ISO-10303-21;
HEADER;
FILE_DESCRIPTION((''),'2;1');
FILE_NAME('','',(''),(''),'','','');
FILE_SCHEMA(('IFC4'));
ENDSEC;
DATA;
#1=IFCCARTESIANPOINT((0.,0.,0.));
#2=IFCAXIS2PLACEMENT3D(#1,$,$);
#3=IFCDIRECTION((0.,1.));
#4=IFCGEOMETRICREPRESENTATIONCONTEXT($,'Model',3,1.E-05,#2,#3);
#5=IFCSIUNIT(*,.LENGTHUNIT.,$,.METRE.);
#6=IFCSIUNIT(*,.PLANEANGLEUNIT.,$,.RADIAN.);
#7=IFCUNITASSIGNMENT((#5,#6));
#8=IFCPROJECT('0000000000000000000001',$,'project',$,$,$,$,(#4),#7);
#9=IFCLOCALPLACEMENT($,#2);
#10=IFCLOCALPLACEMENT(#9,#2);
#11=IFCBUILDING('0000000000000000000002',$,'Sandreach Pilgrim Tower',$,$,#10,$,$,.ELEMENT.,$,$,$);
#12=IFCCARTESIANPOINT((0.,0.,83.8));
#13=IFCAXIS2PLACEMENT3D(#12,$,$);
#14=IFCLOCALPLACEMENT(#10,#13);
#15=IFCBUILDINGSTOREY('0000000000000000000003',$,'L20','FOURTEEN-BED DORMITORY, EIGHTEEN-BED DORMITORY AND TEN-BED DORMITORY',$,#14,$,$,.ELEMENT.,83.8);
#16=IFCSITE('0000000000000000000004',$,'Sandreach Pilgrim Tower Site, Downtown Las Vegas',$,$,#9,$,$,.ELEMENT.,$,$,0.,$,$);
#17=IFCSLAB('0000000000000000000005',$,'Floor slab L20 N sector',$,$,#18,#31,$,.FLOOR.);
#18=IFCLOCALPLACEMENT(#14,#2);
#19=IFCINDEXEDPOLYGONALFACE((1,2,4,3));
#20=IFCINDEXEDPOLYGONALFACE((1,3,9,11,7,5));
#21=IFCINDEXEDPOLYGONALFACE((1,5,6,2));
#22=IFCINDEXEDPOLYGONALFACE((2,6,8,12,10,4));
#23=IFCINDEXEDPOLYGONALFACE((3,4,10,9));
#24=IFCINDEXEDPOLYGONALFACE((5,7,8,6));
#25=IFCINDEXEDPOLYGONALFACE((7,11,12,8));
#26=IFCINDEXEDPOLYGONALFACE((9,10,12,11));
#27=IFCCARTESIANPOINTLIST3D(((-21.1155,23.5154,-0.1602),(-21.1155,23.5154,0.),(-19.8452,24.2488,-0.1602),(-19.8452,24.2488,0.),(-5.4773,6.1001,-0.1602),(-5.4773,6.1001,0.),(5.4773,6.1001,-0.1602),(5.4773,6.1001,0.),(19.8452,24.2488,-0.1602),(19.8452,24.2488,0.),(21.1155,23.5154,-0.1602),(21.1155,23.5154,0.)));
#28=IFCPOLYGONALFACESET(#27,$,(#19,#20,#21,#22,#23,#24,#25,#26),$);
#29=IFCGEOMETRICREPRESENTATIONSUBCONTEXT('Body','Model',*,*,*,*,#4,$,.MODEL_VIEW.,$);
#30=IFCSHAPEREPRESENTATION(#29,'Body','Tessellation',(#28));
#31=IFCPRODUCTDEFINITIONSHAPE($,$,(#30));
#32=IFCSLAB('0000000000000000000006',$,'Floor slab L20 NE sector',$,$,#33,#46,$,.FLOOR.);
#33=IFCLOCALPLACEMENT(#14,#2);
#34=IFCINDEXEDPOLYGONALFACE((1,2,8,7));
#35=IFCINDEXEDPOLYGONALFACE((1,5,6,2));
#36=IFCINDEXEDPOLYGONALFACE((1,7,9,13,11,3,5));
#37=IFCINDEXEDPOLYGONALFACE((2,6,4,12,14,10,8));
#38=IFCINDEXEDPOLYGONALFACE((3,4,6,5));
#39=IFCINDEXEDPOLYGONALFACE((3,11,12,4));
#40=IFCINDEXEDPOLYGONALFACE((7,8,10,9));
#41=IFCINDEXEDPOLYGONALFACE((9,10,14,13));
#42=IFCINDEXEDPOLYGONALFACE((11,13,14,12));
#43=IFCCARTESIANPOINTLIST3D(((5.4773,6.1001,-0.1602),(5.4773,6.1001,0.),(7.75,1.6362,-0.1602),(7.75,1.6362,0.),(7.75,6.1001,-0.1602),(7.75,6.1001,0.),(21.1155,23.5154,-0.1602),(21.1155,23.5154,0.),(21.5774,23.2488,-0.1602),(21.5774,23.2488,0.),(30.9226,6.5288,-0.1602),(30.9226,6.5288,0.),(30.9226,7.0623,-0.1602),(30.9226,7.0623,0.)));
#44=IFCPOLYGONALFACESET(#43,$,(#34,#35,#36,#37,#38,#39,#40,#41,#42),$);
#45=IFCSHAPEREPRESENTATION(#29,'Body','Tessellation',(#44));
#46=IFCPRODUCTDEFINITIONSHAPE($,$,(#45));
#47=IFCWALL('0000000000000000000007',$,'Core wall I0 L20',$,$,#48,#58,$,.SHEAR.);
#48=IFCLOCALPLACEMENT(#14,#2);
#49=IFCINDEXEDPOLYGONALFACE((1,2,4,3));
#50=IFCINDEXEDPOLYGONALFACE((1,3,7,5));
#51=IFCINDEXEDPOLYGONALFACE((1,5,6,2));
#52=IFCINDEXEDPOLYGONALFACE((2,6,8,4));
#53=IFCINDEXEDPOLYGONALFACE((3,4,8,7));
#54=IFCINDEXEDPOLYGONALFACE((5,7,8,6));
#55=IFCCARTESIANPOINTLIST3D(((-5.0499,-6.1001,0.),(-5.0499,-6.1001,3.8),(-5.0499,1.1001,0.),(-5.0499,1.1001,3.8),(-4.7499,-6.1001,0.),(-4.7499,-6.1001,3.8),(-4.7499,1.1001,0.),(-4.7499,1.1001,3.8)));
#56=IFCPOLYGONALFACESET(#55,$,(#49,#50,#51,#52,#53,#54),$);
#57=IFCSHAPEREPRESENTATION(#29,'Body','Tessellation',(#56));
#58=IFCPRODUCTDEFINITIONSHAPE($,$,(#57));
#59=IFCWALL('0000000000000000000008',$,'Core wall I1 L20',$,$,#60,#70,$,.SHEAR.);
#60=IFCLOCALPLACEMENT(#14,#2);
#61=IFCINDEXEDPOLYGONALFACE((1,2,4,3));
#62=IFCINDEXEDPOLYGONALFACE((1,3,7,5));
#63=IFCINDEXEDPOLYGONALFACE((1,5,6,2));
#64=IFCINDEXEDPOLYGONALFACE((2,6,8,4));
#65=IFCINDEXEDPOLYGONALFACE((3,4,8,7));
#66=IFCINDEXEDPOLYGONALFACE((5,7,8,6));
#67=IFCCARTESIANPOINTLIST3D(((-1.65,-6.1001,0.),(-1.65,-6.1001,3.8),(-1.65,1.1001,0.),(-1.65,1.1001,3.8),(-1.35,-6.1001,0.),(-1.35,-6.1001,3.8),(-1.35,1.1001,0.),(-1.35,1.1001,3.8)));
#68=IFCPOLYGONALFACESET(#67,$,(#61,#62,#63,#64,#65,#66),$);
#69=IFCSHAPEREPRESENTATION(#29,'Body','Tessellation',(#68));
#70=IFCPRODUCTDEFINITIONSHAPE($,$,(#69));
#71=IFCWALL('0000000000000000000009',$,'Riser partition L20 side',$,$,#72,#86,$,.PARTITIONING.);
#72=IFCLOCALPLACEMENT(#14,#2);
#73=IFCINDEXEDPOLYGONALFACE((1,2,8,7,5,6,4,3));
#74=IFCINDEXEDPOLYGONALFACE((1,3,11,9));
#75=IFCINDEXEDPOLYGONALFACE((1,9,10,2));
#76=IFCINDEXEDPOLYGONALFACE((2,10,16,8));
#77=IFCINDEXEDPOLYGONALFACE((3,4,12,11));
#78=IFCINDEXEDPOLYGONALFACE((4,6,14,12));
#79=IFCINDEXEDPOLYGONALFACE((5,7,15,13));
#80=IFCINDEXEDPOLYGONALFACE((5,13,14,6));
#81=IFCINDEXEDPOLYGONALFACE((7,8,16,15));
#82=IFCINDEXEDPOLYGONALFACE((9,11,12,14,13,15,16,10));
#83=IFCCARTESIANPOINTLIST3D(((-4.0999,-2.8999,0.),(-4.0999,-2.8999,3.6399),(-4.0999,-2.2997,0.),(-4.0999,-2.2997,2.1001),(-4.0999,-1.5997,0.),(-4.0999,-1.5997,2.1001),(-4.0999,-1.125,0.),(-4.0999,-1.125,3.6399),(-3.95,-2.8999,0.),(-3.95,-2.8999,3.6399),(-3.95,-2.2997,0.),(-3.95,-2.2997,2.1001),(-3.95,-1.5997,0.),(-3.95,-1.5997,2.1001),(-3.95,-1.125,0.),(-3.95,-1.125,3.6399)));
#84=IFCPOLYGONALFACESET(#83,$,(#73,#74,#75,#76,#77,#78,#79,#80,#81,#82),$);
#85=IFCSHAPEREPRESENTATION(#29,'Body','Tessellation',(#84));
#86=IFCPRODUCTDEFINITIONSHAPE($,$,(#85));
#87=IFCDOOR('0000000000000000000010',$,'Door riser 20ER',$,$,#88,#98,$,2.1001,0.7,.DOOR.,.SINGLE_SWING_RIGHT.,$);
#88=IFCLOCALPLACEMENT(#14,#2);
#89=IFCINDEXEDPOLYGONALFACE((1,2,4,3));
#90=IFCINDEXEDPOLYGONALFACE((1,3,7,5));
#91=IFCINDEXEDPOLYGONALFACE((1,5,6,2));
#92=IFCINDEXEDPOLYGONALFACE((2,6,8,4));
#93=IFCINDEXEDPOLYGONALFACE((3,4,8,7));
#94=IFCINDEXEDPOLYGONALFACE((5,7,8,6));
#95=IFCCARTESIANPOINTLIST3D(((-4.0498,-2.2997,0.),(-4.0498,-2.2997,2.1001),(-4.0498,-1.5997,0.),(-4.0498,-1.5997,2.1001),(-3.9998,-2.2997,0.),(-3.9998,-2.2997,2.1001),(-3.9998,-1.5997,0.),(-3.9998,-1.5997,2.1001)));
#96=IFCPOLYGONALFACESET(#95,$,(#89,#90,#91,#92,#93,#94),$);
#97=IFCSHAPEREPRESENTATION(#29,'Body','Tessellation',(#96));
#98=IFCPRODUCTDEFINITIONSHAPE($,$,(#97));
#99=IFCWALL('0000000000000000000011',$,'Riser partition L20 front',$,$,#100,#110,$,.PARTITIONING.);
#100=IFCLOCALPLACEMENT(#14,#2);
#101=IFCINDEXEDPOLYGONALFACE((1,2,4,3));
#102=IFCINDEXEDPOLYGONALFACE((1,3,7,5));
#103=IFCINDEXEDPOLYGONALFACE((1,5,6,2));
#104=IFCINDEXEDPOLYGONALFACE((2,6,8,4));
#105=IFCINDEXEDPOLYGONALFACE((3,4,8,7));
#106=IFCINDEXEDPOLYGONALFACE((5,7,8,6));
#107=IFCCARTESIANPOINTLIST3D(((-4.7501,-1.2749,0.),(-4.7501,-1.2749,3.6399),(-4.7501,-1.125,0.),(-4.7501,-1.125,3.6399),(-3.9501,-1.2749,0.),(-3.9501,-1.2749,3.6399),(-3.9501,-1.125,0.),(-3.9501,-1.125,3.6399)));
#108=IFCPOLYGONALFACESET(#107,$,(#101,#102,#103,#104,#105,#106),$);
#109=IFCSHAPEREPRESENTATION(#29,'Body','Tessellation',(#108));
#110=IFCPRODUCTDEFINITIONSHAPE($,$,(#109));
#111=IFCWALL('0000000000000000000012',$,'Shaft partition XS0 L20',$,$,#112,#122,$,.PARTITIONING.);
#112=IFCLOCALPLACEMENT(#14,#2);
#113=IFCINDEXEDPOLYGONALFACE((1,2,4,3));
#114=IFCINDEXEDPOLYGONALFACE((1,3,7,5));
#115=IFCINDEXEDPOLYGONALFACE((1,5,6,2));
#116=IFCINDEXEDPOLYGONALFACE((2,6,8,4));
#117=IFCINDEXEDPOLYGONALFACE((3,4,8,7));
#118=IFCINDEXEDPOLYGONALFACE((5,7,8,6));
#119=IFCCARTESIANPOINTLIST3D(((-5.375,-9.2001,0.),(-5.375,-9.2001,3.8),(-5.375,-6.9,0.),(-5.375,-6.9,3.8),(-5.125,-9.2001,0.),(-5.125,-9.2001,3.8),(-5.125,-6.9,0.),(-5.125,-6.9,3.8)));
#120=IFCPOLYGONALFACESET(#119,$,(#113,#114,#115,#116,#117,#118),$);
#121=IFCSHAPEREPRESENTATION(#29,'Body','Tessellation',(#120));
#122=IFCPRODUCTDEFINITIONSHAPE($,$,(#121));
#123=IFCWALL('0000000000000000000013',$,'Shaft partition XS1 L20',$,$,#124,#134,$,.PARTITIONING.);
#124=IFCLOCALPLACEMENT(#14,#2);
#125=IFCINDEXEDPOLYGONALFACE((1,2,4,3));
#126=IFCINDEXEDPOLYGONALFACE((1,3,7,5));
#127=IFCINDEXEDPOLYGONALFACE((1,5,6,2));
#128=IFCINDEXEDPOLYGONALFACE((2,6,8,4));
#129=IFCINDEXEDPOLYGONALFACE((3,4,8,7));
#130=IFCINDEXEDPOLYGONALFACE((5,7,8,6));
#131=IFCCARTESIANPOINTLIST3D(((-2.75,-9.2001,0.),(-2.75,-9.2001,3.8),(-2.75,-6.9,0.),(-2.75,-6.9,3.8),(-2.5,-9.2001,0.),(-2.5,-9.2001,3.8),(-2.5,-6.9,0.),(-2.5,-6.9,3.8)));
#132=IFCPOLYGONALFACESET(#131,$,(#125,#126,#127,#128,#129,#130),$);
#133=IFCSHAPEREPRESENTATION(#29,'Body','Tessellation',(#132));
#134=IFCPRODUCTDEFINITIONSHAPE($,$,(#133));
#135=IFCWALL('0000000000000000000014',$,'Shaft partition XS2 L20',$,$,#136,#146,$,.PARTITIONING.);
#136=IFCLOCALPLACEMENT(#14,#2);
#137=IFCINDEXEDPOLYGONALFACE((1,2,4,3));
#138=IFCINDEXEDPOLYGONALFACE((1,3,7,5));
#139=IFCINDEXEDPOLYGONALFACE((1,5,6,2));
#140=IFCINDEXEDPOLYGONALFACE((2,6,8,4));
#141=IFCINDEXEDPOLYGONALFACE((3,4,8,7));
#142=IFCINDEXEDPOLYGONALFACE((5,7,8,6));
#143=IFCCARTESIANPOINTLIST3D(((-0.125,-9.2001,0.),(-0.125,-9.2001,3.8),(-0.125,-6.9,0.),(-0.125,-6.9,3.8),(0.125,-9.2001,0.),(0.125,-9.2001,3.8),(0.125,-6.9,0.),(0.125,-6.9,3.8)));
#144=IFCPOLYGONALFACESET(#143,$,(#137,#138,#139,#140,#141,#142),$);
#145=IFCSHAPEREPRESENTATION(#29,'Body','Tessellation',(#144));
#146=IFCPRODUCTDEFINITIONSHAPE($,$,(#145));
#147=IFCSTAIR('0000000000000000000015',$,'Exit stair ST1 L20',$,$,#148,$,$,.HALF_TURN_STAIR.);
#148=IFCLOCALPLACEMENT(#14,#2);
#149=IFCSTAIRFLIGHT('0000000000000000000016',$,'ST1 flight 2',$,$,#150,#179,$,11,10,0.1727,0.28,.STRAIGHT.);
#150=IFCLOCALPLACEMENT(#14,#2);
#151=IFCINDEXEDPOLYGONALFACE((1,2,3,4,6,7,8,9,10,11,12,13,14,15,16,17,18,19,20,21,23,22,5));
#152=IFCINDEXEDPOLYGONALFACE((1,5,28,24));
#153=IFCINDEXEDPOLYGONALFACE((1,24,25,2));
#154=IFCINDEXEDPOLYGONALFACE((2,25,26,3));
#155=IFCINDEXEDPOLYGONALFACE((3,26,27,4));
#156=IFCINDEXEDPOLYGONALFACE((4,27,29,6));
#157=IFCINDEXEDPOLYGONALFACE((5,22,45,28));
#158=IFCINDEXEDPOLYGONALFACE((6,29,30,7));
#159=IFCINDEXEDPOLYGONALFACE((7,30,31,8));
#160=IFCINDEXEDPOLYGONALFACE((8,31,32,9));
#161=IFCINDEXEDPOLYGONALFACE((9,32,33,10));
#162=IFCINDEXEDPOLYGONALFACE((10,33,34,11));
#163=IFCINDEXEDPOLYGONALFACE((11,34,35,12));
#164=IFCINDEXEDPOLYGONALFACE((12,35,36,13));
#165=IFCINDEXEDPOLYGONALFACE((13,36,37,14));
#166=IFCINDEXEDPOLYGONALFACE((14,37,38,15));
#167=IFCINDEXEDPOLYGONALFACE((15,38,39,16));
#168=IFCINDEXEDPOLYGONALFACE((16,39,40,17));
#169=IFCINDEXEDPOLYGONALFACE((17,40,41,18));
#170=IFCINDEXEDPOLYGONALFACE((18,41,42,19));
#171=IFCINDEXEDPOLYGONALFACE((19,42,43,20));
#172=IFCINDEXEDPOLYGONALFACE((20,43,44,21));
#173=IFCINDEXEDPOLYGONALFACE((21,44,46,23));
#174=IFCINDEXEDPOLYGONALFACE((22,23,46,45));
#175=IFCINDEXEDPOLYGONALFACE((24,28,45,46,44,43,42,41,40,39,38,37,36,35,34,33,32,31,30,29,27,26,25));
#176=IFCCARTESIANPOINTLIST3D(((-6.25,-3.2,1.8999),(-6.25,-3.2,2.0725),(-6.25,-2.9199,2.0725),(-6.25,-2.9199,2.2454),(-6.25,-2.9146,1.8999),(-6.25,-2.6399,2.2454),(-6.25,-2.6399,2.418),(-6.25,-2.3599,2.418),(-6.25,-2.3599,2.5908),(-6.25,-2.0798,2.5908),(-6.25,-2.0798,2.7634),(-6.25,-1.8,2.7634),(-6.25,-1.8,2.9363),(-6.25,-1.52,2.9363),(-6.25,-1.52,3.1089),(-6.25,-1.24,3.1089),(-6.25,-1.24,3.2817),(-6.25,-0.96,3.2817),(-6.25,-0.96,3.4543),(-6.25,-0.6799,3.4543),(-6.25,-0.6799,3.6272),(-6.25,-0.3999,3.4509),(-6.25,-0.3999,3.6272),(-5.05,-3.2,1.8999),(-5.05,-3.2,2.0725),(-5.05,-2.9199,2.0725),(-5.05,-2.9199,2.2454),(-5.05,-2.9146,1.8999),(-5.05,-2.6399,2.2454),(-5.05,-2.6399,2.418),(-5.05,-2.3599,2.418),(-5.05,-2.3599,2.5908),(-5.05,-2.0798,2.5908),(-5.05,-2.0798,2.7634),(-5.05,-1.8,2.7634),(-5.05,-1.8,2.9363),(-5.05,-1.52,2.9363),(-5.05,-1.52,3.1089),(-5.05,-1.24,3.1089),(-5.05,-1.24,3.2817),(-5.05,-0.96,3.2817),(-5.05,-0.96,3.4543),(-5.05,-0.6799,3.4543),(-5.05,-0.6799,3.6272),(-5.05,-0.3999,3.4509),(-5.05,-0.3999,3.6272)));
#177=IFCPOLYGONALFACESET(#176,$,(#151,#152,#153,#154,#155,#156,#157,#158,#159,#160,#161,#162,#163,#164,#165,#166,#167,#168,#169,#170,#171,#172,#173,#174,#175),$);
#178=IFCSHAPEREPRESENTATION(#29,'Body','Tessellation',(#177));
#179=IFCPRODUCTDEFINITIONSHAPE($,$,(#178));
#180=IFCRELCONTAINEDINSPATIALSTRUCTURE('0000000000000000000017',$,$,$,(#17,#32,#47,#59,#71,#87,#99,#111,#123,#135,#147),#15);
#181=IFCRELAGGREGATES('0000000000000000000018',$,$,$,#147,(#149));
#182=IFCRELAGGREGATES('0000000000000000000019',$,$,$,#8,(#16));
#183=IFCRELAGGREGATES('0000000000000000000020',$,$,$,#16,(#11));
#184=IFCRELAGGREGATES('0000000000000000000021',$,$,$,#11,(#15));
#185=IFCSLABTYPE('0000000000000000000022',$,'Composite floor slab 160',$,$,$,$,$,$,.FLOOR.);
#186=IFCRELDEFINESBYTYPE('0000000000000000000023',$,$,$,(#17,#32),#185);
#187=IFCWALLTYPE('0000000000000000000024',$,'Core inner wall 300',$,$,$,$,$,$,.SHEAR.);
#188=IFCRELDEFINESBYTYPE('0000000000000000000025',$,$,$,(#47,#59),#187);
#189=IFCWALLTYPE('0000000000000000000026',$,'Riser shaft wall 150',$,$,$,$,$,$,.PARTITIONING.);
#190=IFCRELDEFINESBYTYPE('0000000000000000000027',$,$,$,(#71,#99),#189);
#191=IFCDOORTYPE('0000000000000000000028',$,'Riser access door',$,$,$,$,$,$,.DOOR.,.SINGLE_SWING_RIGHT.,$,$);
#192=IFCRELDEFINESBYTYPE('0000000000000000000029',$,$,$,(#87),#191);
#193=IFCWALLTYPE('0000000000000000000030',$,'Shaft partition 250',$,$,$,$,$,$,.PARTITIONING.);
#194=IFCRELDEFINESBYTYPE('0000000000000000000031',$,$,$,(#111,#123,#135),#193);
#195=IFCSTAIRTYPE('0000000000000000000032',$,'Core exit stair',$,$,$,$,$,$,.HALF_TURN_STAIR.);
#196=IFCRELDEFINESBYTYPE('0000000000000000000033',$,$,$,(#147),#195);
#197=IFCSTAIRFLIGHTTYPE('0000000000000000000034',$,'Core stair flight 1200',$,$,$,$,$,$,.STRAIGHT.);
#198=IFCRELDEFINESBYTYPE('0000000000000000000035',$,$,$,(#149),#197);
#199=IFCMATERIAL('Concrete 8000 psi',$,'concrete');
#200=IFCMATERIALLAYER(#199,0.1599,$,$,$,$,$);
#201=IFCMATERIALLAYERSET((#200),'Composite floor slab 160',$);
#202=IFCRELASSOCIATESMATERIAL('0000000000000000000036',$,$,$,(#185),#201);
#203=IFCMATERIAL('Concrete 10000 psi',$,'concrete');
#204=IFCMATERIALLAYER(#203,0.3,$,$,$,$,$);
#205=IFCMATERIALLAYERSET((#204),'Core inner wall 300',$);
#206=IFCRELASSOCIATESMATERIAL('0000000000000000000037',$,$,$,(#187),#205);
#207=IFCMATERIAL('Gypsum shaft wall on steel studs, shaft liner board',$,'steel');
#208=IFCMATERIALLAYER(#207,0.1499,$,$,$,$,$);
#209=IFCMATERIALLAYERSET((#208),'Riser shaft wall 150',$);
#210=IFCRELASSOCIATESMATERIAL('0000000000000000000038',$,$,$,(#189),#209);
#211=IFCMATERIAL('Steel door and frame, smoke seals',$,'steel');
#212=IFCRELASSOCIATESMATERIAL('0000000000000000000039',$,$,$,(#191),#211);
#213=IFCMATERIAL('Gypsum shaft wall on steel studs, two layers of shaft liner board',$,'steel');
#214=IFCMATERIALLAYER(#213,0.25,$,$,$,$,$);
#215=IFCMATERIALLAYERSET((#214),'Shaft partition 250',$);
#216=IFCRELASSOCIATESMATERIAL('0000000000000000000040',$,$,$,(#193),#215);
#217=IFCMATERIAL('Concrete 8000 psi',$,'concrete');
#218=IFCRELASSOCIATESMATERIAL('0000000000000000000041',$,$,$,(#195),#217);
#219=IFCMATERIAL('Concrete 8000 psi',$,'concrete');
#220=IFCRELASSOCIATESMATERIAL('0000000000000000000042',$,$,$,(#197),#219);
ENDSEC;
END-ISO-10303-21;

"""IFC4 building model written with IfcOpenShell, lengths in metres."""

from ifc_helpers import new_model, si_unit, direction, frame, frame_2d, origin, place, context, subcontext, project, spatial, polyline, rectangle, outline, extrude, material, layer, layer_set, type_object, element, fill, aggregate, save


model = new_model("IFC4")

# Units and contexts
model_context = context("Model", 3, precision=1e-05, world=origin(), true_north=direction((0.0, 1.0)))
body_context = subcontext(model_context, "Body", "Model", "MODEL_VIEW")
ifc_project = project(units=[si_unit("LENGTHUNIT", "METRE"), si_unit("PLANEANGLEUNIT", "RADIAN")], contexts=[model_context])

# Site, building, storey
site_placement = place(None, origin())
site = spatial("IfcSite", under=ifc_project, at=site_placement, Name="Sandreach Pilgrim Tower Site, Downtown Las Vegas", CompositionType="ELEMENT", RefElevation=0.0)
building_placement = place(site_placement, origin())
building = spatial("IfcBuilding", under=site, at=building_placement, Name="Sandreach Pilgrim Tower", CompositionType="ELEMENT")
storey_placement = place(building_placement, frame((0.0, 0.0, 83.8)))
storey = spatial("IfcBuildingStorey", under=building, at=storey_placement, Name="L20", Description="FOURTEEN-BED DORMITORY, EIGHTEEN-BED DORMITORY AND TEN-BED DORMITORY", CompositionType="ELEMENT", Elevation=83.8)

# Slabs
ifc_material_1 = material(Name="Concrete 8000 psi", Category="concrete")
ifc_layer_1 = layer(ifc_material_1, 0.1599)
ifc_layer_set_1 = layer_set([ifc_layer_1], Name="Composite floor slab 160")
slab_type = type_object("IfcSlabType", Name="Composite floor slab 160", PredefinedType="FLOOR", material=ifc_layer_set_1)
slab_1_placement = place(storey_placement, frame((0.0, 0.0, -0.1602)))
element("IfcSlab", 1, at=slab_1_placement, inside=storey, type_object=slab_type, Name="Floor slab L20 N sector", PredefinedType="FLOOR", context=body_context, shape_type="SweptSolid", body=[
    extrude(outline(polyline([(-19.8452, 24.2488), (19.8452, 24.2488), (21.1155, 23.5154), (5.4773, 6.1001), (-5.4773, 6.1001), (-21.1155, 23.5154), (-19.8452, 24.2488)])), origin(), (0.0, 0.0, 1.0), 0.1602),
])
slab_2_placement = place(storey_placement, frame((0.0, 0.0, -0.1602)))
element("IfcSlab", 2, at=slab_2_placement, inside=storey, type_object=slab_type, Name="Floor slab L20 NE sector", PredefinedType="FLOOR", context=body_context, shape_type="SweptSolid", body=[
    extrude(outline(polyline([(21.5774, 23.2488), (30.9226, 7.0623), (30.9226, 6.5288), (7.75, 1.6362), (7.75, 6.1001), (5.4773, 6.1001), (21.1155, 23.5154), (21.5774, 23.2488)])), origin(), (0.0, 0.0, 1.0), 0.1602),
])

# Walls
ifc_material_2 = material(Name="Concrete 10000 psi", Category="concrete")
ifc_layer_2 = layer(ifc_material_2, 0.3)
ifc_layer_set_2 = layer_set([ifc_layer_2], Name="Core inner wall 300")
wall_type_1 = type_object("IfcWallType", Name="Core inner wall 300", PredefinedType="SHEAR", material=ifc_layer_set_2)
for number, where, z_axis, x_axis, name in (
    (3, (-4.8999, -6.1001, 0.0), (0.0, 0.0, 1.0), (0.0, 1.0, 0.0), "Core wall I0 L20"),
    (4, (-1.5, -6.1001, 0.0), (0.0, 0.0, 1.0), (0.0, 1.0, 0.0), "Core wall I1 L20"),
):
    element("IfcWall", number, at=place(storey_placement, frame(where, z_axis=z_axis, x_axis=x_axis)), inside=storey, type_object=wall_type_1, Name=name, PredefinedType="SHEAR", context=body_context, shape_type="SweptSolid", body=[
        extrude(rectangle(XDim=7.2002, YDim=0.3, at=frame_2d((3.6001, 0.0))), origin(), (0.0, 0.0, 1.0), 3.8),
    ])

# Wall, opening, door
ifc_material_3 = material(Name="Gypsum shaft wall on steel studs, shaft liner board", Category="steel")
ifc_layer_3 = layer(ifc_material_3, 0.1499)
ifc_layer_set_3 = layer_set([ifc_layer_3], Name="Riser shaft wall 150")
wall_type_2 = type_object("IfcWallType", Name="Riser shaft wall 150", PredefinedType="PARTITIONING", material=ifc_layer_set_3)
wall_1_placement = place(storey_placement, frame((-4.0249, -2.8999, 0.0), z_axis=(0.0, 0.0, 1.0), x_axis=(0.0, 1.0, 0.0)))
wall_1 = element("IfcWall", 5, at=wall_1_placement, inside=storey, type_object=wall_type_2, Name="Riser partition L20 side", PredefinedType="PARTITIONING", context=body_context, shape_type="SweptSolid", body=[
    extrude(rectangle(XDim=1.7749, YDim=0.1499, at=frame_2d((0.8875, 0.0))), origin(), (0.0, 0.0, 1.0), 3.6399),
])
opening_1_placement = place(wall_1_placement, frame((0.6001, 0.0, 0.0)))
opening_1 = element("IfcOpeningElement", 6, at=opening_1_placement, cuts=wall_1, PredefinedType="OPENING", context=body_context, shape_type="SweptSolid", body=[
    extrude(rectangle(XDim=0.7, YDim=2.1001, at=frame_2d((0.3501, 1.05))), frame((0.0, 0.075, 0.0), z_axis=(0.0, -1.0, 0.0), x_axis=(1.0, 0.0, 0.0)), (0.0, 0.0, 1.0), 0.1499),
])
ifc_material_4 = material(Name="Steel door and frame, smoke seals", Category="steel")
door_type_1 = type_object("IfcDoorType", Name="Riser access door", OperationType="SINGLE_SWING_RIGHT", PredefinedType="DOOR", material=ifc_material_4)
door_1_placement = place(opening_1_placement, origin())
door_1 = element("IfcDoor", 7, at=door_1_placement, inside=storey, type_object=door_type_1, Name="Door riser 20ER", OperationType="SINGLE_SWING_RIGHT", OverallHeight=2.1001, OverallWidth=0.7, PredefinedType="DOOR", context=body_context, shape_type="SweptSolid", body=[
    extrude(rectangle(XDim=0.7, YDim=2.1001, at=frame_2d((0.3501, 1.05))), frame((0.0, 0.0249, 0.0), z_axis=(0.0, -1.0, 0.0), x_axis=(1.0, 0.0, 0.0)), (0.0, 0.0, 1.0), 0.05),
])
fill(opening_1, door_1)

# Walls
wall_2_placement = place(storey_placement, frame((-4.75, -1.2, 0.0), z_axis=(0.0, 0.0, 1.0), x_axis=(1.0, 0.0, 0.0)))
element("IfcWall", 8, at=wall_2_placement, inside=storey, type_object=wall_type_2, Name="Riser partition L20 front", PredefinedType="PARTITIONING", context=body_context, shape_type="SweptSolid", body=[
    extrude(rectangle(XDim=0.8, YDim=0.1499, at=frame_2d((0.3999, 0.0))), origin(), (0.0, 0.0, 1.0), 3.6399),
])
ifc_material_5 = material(Name="Gypsum shaft wall on steel studs, two layers of shaft liner board", Category="steel")
ifc_layer_4 = layer(ifc_material_5, 0.25)
ifc_layer_set_4 = layer_set([ifc_layer_4], Name="Shaft partition 250")
wall_type_3 = type_object("IfcWallType", Name="Shaft partition 250", PredefinedType="PARTITIONING", material=ifc_layer_set_4)
for number, where, z_axis, x_axis, name in (
    (9, (-5.25, -9.2, 0.0), (0.0, 0.0, 1.0), (0.0, 1.0, 0.0), "Shaft partition XS0 L20"),
    (10, (-2.625, -9.2, 0.0), (0.0, 0.0, 1.0), (0.0, 1.0, 0.0), "Shaft partition XS1 L20"),
    (11, (0.0, -9.2, 0.0), (0.0, 0.0, 1.0), (0.0, 1.0, 0.0), "Shaft partition XS2 L20"),
):
    element("IfcWall", number, at=place(storey_placement, frame(where, z_axis=z_axis, x_axis=x_axis)), inside=storey, type_object=wall_type_3, Name=name, PredefinedType="PARTITIONING", context=body_context, shape_type="SweptSolid", body=[
        extrude(rectangle(XDim=2.3, YDim=0.25, at=frame_2d((1.1499, 0.0))), origin(), (0.0, 0.0, 1.0), 3.8),
    ])

# Stair, stair flight
ifc_material_6 = material(Name="Concrete 8000 psi", Category="concrete")
stair_type = type_object("IfcStairType", Name="Core exit stair", PredefinedType="HALF_TURN_STAIR", material=ifc_material_6)
stair_1_placement = place(storey_placement, origin())
stair_1 = element("IfcStair", 12, at=stair_1_placement, inside=storey, type_object=stair_type, Name="Exit stair ST1 L20", PredefinedType="HALF_TURN_STAIR")
ifc_material_7 = material(Name="Concrete 8000 psi", Category="concrete")
stair_flight_type = type_object("IfcStairFlightType", Name="Core stair flight 1200", PredefinedType="STRAIGHT", material=ifc_material_7)
stair_flight_1_placement = place(storey_placement, frame((-5.6499, -3.2, 1.8999), z_axis=(0.0, 0.0, 1.0), x_axis=(0.0, 1.0, 0.0)))
stair_flight_1 = element("IfcStairFlight", 13, at=stair_flight_1_placement, type_object=stair_flight_type, Name="ST1 flight 2", NumberOfRisers=11, NumberOfTreads=10, PredefinedType="STRAIGHT", RiserHeight=0.1727, TreadLength=0.28, context=body_context, shape_type="SweptSolid", body=[
    extrude(outline(polyline([(0.0, 0.0), (0.0, 0.1726), (0.28, 0.1726), (0.28, 0.3455), (0.5601, 0.3455), (0.5601, 0.5181), (0.8401, 0.5181), (0.8401, 0.6909), (1.1201, 0.6909), (1.1201, 0.8635), (1.3999, 0.8635), (1.3999, 1.0364), (1.6799, 1.0364), (1.6799, 1.209), (1.96, 1.209), (1.96, 1.3818), (2.24, 1.3818), (2.24, 1.5544), (2.52, 1.5544), (2.52, 1.7273), (2.8, 1.7273), (2.8, 1.8999), (2.8, 1.551), (0.2854, 0.0), (0.0, 0.0)])), frame((0.0, 0.6001, 0.0), z_axis=(0.0, -1.0, 0.0), x_axis=(1.0, 0.0, 0.0)), (0.0, 0.0, 1.0), 1.2),
])
aggregate(stair_1, [stair_flight_1])

save(model, "model.ifc")
